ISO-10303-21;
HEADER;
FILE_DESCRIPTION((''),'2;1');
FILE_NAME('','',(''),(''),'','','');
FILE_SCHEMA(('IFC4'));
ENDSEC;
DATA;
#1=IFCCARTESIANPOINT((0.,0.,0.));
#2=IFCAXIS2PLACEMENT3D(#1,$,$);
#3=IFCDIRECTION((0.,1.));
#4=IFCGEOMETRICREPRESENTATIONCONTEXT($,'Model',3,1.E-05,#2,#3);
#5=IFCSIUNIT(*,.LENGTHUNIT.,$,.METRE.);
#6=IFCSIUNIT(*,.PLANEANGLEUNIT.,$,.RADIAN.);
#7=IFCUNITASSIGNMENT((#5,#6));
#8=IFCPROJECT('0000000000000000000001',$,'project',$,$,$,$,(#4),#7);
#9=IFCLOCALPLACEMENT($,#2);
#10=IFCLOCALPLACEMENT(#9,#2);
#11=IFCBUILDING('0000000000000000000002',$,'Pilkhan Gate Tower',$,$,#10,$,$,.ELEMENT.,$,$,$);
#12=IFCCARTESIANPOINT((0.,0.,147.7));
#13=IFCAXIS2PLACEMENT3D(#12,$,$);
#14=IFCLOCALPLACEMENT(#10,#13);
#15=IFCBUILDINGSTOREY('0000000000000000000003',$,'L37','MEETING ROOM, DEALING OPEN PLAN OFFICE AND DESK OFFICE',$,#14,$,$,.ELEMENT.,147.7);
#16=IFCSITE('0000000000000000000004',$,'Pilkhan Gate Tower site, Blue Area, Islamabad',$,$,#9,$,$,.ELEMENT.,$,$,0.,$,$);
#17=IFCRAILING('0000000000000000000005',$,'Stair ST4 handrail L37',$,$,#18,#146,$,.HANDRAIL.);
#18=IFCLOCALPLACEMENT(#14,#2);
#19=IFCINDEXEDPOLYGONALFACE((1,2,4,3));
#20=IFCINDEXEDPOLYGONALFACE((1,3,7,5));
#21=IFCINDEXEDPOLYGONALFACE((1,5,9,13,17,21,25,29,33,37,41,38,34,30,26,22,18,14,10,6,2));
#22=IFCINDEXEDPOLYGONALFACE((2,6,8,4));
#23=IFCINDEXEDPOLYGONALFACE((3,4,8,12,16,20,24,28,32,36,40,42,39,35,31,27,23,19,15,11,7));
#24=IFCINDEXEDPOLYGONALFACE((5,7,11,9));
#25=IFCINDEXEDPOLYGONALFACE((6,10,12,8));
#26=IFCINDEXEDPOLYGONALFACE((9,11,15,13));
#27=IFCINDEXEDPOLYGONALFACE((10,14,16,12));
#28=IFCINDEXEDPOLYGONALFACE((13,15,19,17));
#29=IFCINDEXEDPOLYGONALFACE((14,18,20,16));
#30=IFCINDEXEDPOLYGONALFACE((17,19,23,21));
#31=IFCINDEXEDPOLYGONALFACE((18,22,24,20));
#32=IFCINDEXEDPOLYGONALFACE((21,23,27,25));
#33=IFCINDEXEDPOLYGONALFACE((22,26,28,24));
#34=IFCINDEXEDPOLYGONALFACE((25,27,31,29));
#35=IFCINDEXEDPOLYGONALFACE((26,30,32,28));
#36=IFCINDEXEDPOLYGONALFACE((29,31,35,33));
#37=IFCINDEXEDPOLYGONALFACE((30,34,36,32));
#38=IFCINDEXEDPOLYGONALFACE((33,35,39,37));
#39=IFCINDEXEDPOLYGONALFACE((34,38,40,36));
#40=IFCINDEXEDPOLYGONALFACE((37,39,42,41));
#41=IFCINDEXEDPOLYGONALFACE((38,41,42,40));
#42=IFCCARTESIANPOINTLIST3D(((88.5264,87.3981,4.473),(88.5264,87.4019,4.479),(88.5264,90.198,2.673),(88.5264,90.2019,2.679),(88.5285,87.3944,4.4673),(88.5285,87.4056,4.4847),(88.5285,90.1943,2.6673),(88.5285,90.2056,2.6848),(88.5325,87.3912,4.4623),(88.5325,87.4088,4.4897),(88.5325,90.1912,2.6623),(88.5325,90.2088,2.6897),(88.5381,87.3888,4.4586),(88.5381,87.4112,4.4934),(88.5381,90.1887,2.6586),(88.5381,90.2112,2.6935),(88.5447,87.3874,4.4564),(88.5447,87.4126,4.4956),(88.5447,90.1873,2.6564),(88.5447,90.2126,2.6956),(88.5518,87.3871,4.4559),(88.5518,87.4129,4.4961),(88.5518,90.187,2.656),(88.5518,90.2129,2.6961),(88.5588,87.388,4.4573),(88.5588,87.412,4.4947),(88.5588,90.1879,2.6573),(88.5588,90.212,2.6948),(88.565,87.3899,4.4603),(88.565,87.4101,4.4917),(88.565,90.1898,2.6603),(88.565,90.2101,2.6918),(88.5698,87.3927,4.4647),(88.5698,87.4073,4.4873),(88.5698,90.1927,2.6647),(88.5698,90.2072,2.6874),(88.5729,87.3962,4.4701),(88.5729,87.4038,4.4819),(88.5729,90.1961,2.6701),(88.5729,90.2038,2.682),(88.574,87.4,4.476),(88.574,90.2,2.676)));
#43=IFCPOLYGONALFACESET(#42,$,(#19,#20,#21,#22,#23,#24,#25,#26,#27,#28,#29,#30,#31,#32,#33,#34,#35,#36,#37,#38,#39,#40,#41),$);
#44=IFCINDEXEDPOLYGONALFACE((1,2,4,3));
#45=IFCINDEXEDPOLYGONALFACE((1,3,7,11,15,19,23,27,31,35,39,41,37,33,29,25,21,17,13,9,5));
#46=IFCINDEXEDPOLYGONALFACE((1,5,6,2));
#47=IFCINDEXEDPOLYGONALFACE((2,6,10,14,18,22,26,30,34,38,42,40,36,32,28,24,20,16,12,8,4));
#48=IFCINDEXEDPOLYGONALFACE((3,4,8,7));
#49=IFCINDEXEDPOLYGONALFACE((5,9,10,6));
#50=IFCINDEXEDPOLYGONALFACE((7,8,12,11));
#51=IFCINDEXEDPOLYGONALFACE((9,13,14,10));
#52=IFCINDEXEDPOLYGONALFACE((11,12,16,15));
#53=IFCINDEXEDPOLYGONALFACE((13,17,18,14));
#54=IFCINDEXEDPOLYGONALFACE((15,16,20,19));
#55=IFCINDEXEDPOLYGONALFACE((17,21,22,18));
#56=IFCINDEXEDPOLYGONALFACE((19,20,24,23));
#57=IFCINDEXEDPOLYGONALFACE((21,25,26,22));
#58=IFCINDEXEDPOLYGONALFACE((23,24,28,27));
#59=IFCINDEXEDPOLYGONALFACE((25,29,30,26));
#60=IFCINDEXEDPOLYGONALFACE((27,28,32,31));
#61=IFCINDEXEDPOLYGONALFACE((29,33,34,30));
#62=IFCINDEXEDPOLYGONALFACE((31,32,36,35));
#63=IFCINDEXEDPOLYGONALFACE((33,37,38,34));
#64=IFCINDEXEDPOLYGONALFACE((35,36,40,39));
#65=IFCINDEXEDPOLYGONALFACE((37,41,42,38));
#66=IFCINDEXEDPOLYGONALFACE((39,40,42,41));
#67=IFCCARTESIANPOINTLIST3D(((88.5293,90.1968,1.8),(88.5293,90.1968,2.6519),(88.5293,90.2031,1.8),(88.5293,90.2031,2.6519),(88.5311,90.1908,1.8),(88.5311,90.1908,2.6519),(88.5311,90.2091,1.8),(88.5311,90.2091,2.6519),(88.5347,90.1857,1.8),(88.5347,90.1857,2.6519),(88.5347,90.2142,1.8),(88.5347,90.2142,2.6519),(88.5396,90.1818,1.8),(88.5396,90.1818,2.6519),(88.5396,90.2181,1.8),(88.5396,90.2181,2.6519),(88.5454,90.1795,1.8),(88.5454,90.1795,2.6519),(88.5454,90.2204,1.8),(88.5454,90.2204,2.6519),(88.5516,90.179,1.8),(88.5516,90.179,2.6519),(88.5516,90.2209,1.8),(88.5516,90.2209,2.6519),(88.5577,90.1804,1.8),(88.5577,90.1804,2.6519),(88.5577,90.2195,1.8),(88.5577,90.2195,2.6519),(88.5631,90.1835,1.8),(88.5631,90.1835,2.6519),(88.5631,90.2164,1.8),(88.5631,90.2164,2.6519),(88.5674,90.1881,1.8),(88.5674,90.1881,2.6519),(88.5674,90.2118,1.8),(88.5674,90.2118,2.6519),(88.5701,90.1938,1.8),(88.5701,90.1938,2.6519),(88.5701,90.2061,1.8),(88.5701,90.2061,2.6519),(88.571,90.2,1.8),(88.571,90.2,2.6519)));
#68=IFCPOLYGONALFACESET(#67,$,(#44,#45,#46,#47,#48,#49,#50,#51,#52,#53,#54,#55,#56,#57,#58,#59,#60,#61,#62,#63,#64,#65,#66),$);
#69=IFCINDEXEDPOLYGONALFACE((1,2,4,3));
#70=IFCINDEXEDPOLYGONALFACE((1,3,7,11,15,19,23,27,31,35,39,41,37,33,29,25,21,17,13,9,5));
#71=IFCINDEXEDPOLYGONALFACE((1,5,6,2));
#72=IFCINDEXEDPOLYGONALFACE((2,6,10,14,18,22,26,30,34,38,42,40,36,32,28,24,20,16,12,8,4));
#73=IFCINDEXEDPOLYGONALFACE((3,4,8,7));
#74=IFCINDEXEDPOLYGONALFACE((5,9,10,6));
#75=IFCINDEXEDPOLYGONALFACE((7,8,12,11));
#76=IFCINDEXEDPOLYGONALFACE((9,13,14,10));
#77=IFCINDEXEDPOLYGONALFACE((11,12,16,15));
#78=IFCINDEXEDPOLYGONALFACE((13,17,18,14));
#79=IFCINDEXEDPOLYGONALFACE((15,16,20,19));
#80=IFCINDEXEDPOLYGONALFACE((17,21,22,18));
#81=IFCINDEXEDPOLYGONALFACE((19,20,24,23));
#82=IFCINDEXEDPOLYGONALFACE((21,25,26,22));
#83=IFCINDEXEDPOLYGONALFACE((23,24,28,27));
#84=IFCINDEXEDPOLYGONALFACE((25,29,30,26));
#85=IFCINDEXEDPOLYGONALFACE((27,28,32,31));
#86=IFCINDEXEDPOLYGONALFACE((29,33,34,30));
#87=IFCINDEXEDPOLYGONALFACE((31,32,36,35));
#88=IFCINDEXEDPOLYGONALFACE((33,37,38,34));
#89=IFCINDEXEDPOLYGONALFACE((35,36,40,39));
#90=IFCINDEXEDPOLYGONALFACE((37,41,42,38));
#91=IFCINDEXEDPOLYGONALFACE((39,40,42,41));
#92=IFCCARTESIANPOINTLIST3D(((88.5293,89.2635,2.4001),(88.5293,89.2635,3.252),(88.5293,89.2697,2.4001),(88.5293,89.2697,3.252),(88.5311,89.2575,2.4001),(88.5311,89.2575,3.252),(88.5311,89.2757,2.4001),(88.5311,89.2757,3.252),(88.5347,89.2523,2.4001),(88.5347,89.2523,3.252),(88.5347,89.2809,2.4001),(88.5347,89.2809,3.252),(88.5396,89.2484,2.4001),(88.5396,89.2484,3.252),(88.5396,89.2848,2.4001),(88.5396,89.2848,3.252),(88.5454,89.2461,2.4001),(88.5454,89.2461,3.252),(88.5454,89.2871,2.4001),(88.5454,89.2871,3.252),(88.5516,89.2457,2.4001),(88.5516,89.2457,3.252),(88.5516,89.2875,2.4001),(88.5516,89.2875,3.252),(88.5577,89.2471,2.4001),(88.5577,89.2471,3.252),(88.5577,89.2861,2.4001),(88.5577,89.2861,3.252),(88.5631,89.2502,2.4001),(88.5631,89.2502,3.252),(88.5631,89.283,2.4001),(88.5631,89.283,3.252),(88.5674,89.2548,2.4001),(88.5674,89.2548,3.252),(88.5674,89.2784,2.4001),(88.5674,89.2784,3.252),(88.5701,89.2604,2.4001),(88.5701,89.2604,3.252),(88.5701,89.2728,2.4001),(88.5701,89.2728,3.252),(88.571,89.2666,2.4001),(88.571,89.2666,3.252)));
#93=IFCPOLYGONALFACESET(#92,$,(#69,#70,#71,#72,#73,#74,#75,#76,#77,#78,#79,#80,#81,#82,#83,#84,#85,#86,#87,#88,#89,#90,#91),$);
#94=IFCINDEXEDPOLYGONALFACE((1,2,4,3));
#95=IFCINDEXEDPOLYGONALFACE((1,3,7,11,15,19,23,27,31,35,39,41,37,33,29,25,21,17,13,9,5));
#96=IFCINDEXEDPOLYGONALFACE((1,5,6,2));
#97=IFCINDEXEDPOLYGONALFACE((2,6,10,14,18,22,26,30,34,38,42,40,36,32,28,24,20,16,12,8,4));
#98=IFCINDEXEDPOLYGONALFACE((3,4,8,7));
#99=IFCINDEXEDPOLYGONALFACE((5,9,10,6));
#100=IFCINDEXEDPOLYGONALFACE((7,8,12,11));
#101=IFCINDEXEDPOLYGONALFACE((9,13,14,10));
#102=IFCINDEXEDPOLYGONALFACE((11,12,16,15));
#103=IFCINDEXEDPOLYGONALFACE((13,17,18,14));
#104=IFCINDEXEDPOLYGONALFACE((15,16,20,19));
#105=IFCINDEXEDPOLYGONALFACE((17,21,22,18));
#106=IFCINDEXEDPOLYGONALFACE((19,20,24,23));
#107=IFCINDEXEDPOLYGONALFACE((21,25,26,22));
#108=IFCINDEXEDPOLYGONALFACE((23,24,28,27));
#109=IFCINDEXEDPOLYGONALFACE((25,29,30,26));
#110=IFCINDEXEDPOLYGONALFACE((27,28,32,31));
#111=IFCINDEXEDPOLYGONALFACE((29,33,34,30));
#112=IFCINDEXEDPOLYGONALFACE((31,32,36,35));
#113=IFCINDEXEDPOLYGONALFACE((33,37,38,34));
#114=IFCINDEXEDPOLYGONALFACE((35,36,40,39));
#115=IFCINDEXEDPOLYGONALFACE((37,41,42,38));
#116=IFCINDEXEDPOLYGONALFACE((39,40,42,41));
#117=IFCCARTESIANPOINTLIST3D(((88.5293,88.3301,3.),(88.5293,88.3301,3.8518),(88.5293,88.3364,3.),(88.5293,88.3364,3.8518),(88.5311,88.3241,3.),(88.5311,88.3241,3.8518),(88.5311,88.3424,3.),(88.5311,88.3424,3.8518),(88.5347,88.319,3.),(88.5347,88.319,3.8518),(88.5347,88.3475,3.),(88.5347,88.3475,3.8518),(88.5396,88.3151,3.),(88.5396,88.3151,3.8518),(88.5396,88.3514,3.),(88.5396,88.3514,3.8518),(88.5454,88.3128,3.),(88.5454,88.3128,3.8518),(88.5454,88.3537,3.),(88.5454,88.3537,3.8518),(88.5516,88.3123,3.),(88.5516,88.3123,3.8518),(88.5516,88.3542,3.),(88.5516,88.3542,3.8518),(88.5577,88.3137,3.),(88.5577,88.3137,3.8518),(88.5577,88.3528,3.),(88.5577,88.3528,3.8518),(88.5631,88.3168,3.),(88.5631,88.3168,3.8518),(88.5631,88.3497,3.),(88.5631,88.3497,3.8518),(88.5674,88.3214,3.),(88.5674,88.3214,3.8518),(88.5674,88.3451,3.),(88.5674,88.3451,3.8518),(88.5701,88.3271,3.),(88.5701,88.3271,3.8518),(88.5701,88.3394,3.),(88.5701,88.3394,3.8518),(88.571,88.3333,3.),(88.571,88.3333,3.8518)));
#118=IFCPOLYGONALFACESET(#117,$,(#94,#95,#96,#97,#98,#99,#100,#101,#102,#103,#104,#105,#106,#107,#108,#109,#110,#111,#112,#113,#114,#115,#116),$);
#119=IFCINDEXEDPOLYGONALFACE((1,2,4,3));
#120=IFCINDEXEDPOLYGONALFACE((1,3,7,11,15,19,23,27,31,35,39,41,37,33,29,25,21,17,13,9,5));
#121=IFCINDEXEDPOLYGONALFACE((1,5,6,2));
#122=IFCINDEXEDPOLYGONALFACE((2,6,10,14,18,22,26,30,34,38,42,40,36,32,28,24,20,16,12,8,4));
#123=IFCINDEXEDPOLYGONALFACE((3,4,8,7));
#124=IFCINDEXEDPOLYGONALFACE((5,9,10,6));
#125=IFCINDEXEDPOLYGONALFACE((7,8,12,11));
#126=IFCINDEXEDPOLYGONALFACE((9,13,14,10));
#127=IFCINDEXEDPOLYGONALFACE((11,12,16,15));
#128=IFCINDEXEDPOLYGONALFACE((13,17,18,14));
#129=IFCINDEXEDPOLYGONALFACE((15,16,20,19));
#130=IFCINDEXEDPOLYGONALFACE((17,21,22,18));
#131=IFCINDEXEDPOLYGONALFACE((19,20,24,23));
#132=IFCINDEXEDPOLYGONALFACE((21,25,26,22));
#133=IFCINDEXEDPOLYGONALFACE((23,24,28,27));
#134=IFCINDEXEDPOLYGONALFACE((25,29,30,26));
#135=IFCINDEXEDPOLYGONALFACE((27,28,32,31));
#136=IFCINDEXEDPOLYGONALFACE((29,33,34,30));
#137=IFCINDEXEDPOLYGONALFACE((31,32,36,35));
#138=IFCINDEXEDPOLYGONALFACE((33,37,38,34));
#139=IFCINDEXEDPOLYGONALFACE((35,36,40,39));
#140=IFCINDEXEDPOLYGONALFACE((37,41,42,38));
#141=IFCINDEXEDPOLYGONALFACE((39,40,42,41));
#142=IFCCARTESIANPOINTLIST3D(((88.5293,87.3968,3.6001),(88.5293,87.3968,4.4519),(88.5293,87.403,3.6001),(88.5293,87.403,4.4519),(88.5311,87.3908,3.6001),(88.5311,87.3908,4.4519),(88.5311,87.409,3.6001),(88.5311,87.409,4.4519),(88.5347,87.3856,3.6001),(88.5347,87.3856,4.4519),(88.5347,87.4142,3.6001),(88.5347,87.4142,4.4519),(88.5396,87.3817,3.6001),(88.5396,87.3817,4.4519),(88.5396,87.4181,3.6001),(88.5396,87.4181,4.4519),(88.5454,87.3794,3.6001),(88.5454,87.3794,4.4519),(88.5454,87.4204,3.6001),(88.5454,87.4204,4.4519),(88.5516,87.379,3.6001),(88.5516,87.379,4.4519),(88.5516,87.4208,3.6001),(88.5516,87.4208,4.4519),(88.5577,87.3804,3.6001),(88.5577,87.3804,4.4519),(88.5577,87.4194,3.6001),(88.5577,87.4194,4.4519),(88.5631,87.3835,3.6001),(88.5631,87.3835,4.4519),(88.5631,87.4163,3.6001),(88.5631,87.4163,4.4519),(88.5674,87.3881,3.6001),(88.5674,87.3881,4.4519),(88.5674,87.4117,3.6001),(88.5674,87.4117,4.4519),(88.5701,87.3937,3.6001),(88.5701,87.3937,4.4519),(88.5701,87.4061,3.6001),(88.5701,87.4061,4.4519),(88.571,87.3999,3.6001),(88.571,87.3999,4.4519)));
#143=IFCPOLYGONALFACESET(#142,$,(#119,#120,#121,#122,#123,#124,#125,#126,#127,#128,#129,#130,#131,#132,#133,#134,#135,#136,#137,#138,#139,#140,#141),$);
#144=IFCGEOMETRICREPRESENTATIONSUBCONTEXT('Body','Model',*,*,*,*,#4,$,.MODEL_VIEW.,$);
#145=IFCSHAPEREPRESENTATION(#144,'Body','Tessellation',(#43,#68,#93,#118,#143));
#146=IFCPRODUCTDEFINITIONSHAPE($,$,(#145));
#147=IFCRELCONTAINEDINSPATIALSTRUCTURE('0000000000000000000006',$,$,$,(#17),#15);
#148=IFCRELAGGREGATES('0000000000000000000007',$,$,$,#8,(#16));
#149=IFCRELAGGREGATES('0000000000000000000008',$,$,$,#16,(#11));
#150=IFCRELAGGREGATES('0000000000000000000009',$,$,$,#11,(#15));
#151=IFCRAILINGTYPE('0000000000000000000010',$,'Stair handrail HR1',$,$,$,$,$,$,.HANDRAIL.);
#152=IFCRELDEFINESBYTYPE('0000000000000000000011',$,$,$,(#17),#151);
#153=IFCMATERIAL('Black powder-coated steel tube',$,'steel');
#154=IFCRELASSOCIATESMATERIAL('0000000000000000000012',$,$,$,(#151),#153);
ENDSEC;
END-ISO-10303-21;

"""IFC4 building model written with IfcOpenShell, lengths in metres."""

from ifc_helpers import new_model, si_unit, direction, frame, origin, origin_2d, place, context, subcontext, project, spatial, circle, extrude, material, type_object, element, save


model = new_model("IFC4")

# Units and contexts
model_context = context("Model", 3, precision=1e-05, world=origin(), true_north=direction((0.0, 1.0)))
body_context = subcontext(model_context, "Body", "Model", "MODEL_VIEW")
ifc_project = project(units=[si_unit("LENGTHUNIT", "METRE"), si_unit("PLANEANGLEUNIT", "RADIAN")], contexts=[model_context])

# Site, building, storey
site_placement = place(None, origin())
site = spatial("IfcSite", under=ifc_project, at=site_placement, Name="Pilkhan Gate Tower site, Blue Area, Islamabad", CompositionType="ELEMENT", RefElevation=0.0)
building_placement = place(site_placement, origin())
building = spatial("IfcBuilding", under=site, at=building_placement, Name="Pilkhan Gate Tower", CompositionType="ELEMENT")
storey_placement = place(building_placement, frame((0.0, 0.0, 147.7)))
storey = spatial("IfcBuildingStorey", under=building, at=storey_placement, Name="L37", Description="MEETING ROOM, DEALING OPEN PLAN OFFICE AND DESK OFFICE", CompositionType="ELEMENT", Elevation=147.7)

# Railing
ifc_material_1 = material(Name="Black powder-coated steel tube", Category="steel")
railing_type_1 = type_object("IfcRailingType", Name="Stair handrail HR1", PredefinedType="HANDRAIL", material=ifc_material_1)
railing_1_placement = place(storey_placement, frame((88.55, 90.2, 1.8)))
element("IfcRailing", 1, at=railing_1_placement, inside=storey, type_object=railing_type_1, Name="Stair ST4 handrail L37", PredefinedType="HANDRAIL", context=body_context, shape_type="SweptSolid", body=[
    extrude(circle(Radius=0.0239, at=origin_2d()), frame((0.0, 0.0, 0.876), z_axis=(0.0, -0.841176, 0.540761), x_axis=(1.0, 0.0, 0.0)), (0.0, 0.0, 1.0), 3.3286),
    extrude(circle(Radius=0.021, at=origin_2d()), origin(), (0.0, 0.0, 1.0), 0.8518),
    extrude(circle(Radius=0.021, at=origin_2d()), frame((0.0, -0.9333, 0.6001)), (0.0, 0.0, 1.0), 0.8518),
    extrude(circle(Radius=0.021, at=origin_2d()), frame((0.0, -1.8667, 1.2)), (0.0, 0.0, 1.0), 0.8518),
    extrude(circle(Radius=0.021, at=origin_2d()), frame((0.0, -2.8, 1.8)), (0.0, 0.0, 1.0), 0.8518),
])

save(model, "model.ifc")
